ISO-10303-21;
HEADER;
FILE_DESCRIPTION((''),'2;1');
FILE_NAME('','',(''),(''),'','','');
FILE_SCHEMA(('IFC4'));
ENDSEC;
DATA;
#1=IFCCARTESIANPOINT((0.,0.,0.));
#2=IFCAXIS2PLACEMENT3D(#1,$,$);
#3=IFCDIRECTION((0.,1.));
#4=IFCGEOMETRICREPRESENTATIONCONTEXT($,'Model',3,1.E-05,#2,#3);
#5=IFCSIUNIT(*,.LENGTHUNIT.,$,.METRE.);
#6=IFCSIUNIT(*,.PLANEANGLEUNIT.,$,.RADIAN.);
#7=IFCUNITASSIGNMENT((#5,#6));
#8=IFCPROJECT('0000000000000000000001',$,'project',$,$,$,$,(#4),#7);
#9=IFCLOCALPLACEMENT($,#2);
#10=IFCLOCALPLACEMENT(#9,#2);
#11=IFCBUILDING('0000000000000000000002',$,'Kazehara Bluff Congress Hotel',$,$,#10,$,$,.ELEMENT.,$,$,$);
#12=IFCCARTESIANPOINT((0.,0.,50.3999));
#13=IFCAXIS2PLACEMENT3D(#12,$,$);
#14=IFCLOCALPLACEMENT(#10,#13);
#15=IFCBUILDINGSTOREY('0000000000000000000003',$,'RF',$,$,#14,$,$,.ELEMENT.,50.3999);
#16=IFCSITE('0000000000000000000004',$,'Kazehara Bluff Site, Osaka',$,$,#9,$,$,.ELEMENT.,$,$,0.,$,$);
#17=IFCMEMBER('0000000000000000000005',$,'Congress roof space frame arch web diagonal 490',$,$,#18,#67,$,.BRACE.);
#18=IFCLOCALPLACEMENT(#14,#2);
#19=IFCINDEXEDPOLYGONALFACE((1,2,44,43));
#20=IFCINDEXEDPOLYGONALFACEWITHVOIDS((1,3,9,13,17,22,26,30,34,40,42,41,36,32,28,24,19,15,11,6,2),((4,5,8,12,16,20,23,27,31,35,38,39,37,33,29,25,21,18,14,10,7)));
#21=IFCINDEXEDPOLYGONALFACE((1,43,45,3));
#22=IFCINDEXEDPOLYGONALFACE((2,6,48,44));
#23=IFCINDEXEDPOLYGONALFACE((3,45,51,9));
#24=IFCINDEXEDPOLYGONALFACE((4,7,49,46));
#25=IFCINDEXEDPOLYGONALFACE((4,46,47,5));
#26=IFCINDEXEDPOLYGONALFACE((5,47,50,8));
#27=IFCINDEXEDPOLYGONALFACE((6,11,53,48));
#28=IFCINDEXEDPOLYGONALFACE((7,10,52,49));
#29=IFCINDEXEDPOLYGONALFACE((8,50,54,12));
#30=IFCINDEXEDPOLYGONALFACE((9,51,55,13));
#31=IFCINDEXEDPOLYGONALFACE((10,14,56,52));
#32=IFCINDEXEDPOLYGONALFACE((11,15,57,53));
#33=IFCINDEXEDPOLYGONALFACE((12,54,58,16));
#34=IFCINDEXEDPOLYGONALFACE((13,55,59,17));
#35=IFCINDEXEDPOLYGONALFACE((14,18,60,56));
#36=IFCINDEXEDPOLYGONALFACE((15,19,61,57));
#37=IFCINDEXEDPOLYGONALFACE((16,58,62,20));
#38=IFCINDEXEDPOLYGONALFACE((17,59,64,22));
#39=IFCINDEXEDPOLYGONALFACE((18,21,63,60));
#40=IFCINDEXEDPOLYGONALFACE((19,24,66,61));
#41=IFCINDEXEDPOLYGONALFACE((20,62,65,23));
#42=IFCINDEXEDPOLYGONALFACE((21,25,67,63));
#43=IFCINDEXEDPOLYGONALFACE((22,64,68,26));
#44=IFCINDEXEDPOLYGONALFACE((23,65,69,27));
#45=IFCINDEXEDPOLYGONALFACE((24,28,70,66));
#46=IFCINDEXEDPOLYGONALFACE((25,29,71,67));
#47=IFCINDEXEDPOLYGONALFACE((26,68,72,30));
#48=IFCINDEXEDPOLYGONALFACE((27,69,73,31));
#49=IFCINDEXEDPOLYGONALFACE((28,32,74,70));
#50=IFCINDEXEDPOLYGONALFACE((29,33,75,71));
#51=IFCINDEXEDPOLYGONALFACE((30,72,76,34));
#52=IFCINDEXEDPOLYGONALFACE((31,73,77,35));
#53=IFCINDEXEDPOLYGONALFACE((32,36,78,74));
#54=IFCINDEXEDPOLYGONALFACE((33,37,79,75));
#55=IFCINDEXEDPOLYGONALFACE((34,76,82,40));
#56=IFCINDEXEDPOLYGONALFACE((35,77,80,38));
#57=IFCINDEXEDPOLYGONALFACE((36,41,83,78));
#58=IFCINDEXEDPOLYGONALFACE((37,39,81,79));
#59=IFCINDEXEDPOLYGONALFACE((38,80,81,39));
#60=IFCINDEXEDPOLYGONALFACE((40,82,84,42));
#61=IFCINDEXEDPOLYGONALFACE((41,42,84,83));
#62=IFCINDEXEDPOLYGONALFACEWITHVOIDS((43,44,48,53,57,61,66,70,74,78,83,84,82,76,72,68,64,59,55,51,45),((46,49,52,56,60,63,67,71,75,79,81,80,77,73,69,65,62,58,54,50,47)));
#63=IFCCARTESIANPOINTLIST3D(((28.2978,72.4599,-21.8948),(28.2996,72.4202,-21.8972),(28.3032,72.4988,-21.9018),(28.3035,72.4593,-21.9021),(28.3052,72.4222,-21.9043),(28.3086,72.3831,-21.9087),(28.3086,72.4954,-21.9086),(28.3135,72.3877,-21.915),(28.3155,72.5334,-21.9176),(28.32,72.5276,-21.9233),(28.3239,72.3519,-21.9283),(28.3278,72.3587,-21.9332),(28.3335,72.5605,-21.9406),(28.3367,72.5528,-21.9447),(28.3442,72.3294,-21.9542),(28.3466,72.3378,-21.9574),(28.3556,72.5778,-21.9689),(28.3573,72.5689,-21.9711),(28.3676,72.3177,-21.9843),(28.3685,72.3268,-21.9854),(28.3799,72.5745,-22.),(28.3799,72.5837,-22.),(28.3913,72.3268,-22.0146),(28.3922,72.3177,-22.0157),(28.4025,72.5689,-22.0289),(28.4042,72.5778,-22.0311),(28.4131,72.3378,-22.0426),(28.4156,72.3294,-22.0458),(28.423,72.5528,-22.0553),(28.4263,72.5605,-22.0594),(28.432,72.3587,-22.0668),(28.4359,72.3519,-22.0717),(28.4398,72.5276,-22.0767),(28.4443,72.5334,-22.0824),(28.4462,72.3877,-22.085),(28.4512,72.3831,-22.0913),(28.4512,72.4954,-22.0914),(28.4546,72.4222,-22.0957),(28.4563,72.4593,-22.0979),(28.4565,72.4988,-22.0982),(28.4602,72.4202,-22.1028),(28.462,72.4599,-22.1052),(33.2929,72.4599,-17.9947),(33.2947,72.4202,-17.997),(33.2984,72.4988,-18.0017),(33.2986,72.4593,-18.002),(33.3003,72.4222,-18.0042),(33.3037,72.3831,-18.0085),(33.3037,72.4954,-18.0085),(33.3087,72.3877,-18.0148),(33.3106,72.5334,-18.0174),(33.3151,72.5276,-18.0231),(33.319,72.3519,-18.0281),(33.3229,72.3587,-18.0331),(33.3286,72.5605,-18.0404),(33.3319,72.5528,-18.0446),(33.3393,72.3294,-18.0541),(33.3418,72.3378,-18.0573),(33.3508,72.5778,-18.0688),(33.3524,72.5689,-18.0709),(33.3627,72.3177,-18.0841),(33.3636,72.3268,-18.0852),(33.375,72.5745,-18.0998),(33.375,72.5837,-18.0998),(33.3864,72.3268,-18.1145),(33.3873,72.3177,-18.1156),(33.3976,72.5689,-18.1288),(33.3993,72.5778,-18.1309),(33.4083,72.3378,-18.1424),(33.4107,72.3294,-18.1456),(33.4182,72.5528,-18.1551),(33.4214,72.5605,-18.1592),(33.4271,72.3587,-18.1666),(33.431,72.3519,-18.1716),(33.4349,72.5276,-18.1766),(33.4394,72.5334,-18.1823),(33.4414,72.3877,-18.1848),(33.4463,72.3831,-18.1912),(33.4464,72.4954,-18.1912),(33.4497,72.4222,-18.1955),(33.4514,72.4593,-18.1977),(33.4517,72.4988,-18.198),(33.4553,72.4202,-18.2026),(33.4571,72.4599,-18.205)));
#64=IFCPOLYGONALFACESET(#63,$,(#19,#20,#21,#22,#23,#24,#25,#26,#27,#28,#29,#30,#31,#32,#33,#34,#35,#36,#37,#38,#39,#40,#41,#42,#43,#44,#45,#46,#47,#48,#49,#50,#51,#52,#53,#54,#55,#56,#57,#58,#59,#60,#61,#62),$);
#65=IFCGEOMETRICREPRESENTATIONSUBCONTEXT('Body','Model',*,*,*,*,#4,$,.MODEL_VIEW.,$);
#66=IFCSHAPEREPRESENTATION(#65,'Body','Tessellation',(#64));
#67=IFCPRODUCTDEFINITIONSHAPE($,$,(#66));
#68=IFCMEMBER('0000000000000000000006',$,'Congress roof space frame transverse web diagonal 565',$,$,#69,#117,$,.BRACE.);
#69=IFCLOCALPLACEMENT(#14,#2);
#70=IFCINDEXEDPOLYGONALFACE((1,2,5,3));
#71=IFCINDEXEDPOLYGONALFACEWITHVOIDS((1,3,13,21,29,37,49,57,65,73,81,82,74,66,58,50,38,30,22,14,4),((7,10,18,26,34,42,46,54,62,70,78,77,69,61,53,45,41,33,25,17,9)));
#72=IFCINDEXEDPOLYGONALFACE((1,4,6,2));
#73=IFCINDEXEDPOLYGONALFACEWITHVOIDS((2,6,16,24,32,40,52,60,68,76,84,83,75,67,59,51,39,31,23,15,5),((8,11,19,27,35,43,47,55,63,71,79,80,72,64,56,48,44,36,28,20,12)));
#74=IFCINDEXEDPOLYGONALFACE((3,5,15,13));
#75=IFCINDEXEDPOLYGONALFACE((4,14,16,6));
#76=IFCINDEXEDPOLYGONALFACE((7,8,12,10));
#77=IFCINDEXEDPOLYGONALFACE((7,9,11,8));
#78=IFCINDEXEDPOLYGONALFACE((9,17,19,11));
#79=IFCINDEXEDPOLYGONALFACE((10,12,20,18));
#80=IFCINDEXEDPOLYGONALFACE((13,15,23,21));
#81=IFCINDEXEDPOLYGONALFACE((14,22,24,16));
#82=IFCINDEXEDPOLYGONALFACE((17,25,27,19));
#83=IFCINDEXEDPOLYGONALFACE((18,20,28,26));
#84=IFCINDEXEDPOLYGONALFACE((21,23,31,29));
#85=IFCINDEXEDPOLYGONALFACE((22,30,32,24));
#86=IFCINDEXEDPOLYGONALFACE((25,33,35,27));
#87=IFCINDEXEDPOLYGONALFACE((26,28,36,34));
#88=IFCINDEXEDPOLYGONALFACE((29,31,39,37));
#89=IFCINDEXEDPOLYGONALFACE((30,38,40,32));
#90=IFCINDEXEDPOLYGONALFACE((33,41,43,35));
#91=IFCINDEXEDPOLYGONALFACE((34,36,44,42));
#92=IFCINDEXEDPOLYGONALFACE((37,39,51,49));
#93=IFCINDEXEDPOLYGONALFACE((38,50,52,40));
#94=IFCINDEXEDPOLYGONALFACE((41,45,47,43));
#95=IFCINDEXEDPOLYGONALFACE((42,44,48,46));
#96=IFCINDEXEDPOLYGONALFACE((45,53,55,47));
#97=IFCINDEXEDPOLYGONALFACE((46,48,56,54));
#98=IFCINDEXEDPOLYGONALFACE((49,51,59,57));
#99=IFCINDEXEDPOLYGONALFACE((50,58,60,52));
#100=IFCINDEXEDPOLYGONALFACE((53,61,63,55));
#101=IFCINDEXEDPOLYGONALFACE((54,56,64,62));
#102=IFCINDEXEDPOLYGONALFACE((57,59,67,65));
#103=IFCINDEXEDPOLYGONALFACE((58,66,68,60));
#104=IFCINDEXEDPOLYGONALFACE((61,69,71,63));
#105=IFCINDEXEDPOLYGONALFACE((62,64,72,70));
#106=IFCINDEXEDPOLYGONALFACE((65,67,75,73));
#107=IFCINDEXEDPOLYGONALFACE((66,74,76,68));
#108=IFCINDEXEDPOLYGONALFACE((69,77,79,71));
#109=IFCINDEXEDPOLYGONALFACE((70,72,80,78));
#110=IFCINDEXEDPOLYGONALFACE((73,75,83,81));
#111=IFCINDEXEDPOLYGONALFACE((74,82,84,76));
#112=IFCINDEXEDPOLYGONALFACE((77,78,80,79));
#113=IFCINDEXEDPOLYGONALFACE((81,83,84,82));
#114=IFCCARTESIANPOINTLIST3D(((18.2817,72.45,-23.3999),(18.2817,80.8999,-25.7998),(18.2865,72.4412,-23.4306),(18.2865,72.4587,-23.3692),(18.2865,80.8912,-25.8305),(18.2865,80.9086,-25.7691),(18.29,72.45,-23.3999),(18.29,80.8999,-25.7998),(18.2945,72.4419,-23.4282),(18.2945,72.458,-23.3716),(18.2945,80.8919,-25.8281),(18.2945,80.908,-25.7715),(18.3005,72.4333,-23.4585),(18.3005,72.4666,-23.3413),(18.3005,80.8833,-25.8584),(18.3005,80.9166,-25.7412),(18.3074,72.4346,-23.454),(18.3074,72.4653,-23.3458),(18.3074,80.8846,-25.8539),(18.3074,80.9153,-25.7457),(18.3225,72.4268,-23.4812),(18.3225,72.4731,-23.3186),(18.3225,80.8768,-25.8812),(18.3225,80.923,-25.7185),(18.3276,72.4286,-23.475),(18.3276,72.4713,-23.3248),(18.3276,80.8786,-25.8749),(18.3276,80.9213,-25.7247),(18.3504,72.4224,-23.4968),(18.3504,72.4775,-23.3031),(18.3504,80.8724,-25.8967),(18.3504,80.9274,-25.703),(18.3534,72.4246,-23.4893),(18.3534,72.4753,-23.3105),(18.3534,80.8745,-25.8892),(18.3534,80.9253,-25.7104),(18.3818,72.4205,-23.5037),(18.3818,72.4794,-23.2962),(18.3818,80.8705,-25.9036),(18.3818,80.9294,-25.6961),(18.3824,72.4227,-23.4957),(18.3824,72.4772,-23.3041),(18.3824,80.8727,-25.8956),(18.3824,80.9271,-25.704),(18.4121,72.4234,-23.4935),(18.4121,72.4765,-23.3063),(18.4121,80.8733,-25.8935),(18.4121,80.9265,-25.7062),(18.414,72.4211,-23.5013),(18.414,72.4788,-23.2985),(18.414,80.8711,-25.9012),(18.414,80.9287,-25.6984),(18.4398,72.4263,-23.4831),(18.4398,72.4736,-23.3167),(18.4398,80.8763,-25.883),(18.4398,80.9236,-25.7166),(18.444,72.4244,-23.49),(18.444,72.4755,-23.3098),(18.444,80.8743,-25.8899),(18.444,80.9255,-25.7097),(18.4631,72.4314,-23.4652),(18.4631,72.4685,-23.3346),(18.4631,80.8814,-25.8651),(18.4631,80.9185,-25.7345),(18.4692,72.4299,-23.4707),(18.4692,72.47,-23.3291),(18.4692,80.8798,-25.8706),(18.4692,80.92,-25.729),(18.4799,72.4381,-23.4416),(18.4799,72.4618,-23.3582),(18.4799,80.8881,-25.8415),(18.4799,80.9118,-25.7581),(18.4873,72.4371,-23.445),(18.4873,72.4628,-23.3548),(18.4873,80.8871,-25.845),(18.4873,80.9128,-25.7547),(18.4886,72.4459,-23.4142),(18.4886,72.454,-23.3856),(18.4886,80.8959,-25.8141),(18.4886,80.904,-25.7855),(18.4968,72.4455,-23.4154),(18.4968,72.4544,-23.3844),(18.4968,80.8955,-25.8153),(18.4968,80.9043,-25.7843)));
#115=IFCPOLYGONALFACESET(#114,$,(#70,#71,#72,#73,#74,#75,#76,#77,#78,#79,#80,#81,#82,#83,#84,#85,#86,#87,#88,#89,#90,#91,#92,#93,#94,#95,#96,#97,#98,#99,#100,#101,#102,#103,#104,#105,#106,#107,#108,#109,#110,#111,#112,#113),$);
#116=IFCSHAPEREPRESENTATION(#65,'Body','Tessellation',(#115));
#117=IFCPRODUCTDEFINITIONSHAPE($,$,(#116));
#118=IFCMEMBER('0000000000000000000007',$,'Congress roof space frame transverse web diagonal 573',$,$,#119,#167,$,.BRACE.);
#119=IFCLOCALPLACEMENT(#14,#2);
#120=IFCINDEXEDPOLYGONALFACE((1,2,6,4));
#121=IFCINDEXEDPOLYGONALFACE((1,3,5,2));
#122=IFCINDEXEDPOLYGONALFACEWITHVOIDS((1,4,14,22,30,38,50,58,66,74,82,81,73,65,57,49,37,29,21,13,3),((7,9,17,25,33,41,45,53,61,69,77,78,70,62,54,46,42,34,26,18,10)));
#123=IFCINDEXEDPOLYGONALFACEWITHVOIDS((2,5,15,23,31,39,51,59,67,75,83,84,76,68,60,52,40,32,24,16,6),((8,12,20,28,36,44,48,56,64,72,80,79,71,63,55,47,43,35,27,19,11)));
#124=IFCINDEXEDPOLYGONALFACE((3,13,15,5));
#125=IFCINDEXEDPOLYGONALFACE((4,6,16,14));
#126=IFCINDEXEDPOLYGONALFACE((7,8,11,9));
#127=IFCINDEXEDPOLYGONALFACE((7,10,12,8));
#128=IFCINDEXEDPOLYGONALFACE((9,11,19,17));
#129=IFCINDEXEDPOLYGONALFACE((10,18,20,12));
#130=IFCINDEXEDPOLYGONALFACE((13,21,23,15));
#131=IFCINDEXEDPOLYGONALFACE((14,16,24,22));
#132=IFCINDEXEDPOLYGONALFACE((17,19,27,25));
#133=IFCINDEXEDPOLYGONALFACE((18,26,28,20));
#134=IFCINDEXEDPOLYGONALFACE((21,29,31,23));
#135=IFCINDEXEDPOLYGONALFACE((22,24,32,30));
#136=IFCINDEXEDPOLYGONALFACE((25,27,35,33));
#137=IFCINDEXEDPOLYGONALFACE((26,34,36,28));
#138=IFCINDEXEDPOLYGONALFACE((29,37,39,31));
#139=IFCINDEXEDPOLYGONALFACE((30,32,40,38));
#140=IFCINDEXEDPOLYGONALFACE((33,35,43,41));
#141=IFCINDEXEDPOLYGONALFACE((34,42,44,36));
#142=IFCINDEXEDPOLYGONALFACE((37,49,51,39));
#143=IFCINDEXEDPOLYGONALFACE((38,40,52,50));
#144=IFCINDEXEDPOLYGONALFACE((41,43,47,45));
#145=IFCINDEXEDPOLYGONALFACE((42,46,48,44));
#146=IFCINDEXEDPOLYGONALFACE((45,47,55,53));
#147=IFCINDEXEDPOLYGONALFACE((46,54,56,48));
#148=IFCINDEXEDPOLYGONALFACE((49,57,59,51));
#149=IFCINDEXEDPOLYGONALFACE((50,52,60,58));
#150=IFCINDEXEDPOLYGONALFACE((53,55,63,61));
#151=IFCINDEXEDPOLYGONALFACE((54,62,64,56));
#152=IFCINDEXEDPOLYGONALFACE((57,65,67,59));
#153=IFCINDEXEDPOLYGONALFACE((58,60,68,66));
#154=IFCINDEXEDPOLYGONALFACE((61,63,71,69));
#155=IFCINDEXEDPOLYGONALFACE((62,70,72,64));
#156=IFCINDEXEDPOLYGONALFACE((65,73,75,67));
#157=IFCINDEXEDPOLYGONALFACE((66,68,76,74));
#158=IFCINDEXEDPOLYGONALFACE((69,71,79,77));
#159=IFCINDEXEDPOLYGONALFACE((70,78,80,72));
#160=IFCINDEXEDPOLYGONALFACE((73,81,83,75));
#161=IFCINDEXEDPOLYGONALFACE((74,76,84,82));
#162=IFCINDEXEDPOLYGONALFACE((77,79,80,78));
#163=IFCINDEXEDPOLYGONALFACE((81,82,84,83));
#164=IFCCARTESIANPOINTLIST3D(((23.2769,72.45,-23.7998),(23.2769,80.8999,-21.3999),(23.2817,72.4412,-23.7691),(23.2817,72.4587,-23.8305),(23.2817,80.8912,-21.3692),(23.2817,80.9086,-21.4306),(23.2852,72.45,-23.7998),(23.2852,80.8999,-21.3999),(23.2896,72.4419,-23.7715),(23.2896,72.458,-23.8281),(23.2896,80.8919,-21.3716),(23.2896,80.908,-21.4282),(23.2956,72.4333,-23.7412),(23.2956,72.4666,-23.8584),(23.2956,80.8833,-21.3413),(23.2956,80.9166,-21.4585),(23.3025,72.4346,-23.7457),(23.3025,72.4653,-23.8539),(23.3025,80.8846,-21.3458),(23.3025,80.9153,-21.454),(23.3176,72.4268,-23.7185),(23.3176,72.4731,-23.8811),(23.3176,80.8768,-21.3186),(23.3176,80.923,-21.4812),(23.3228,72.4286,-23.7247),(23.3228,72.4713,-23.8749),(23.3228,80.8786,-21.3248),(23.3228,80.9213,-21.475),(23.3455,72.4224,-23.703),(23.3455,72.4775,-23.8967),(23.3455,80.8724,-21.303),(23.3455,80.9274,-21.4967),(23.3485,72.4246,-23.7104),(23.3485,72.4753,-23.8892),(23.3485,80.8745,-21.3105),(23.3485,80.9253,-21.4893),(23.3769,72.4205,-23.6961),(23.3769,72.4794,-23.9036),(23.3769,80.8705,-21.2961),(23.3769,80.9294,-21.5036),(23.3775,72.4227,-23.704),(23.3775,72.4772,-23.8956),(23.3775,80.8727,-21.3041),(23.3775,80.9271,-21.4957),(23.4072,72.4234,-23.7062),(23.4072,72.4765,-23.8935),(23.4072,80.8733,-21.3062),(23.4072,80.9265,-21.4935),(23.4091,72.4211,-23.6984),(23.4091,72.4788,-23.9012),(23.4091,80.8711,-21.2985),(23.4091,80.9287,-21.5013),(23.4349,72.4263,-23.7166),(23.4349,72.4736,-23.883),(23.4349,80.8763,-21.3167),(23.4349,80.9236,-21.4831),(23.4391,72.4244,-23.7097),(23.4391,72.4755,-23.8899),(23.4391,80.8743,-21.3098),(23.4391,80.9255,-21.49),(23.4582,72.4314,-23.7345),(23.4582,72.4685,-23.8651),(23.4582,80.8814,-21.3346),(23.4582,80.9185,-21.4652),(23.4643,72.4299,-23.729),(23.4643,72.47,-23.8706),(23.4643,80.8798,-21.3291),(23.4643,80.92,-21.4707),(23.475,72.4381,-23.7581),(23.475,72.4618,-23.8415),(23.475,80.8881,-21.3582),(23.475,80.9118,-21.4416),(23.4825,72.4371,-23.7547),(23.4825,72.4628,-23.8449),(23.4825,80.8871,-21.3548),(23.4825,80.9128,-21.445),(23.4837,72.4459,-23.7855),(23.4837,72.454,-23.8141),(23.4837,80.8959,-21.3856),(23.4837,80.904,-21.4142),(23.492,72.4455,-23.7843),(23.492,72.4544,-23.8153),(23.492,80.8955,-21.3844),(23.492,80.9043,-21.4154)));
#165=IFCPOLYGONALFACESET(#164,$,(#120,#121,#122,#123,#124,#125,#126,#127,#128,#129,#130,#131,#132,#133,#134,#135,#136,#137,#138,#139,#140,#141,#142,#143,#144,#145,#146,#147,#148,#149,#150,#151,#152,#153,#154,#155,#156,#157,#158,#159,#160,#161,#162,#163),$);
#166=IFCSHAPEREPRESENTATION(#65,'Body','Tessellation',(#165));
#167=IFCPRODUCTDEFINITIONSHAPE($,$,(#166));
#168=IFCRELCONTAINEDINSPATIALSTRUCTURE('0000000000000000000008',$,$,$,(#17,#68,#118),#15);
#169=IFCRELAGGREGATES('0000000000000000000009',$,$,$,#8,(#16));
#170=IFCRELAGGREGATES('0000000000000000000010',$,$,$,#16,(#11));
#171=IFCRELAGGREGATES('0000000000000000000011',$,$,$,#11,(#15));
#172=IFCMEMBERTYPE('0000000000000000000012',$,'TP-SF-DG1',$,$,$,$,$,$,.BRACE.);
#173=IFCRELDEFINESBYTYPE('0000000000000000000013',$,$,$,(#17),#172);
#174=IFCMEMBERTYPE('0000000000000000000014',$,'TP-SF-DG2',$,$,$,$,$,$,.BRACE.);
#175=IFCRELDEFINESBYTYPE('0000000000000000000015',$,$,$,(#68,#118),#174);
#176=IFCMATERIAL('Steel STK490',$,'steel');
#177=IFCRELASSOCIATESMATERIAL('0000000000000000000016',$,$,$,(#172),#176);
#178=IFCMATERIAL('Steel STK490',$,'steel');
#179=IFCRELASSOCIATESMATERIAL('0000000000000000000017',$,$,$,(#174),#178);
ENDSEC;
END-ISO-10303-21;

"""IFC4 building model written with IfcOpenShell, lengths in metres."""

from ifc_helpers import new_model, si_unit, direction, frame, origin, origin_2d, place, context, subcontext, project, spatial, hollow_circle, extrude, material, material_profile, profile_set, type_object, element, save


model = new_model("IFC4")

# Units and contexts
model_context = context("Model", 3, precision=1e-05, world=origin(), true_north=direction((0.0, 1.0)))
body_context = subcontext(model_context, "Body", "Model", "MODEL_VIEW")
ifc_project = project(units=[si_unit("LENGTHUNIT", "METRE"), si_unit("PLANEANGLEUNIT", "RADIAN")], contexts=[model_context])

# Site, building, storey
site_placement = place(None, origin())
site = spatial("IfcSite", under=ifc_project, at=site_placement, Name="Kazehara Bluff Site, Osaka", CompositionType="ELEMENT", RefElevation=0.0)
building_placement = place(site_placement, origin())
building = spatial("IfcBuilding", under=site, at=building_placement, Name="Kazehara Bluff Congress Hotel", CompositionType="ELEMENT")
storey_placement = place(building_placement, frame((0.0, 0.0, 50.3999)))
storey = spatial("IfcBuildingStorey", under=building, at=storey_placement, Name="RF", CompositionType="ELEMENT", Elevation=50.3999)

# Members
ifc_material_1 = material(Name="Steel STK490", Category="steel")
ifc_material_profile_1 = material_profile(ifc_material_1, hollow_circle(Radius=0.1338, WallThickness=0.0093, at=origin_2d()))
ifc_profile_set_1 = profile_set([ifc_material_profile_1], Name="Steel STK490")
member_type_1 = type_object("IfcMemberType", Name="TP-SF-DG1", PredefinedType="BRACE", material=ifc_profile_set_1)
member_1_placement = place(storey_placement, frame((28.3799, 72.45, -22.0), z_axis=(0.7882, 0.0, 0.61542), x_axis=(0.0, 1.0, 0.0)))
element("IfcMember", 1, at=member_1_placement, inside=storey, type_object=member_type_1, Name="Congress roof space frame arch web diagonal 490", PredefinedType="BRACE", context=body_context, shape_type="SweptSolid", body=[
    extrude(hollow_circle(Radius=0.1338, WallThickness=0.0093, at=origin_2d()), origin(), (0.0, 0.0, 1.0), 6.3374),
])
ifc_material_2 = material(Name="Steel STK490", Category="steel")
ifc_material_profile_2 = material_profile(ifc_material_2, hollow_circle(Radius=0.1082, WallThickness=0.0083, at=origin_2d()))
ifc_profile_set_2 = profile_set([ifc_material_profile_2], Name="Steel STK490")
member_type_2 = type_object("IfcMemberType", Name="TP-SF-DG2", PredefinedType="BRACE", material=ifc_profile_set_2)
for number, where, z_axis, x_axis, name in (
    (2, (18.3899, 72.45, -23.3999), (0.0, 0.961955, -0.273208), (-1.0, 0.0, 0.0), "Congress roof space frame transverse web diagonal 565"),
    (3, (23.385, 72.45, -23.7998), (0.0, 0.961955, 0.273208), (-1.0, 0.0, 0.0), "Congress roof space frame transverse web diagonal 573"),
):
    element("IfcMember", number, at=place(storey_placement, frame(where, z_axis=z_axis, x_axis=x_axis)), inside=storey, type_object=member_type_2, Name=name, PredefinedType="BRACE", context=body_context, shape_type="SweptSolid", body=[
        extrude(hollow_circle(Radius=0.1082, WallThickness=0.0083, at=origin_2d()), origin(), (0.0, 0.0, 1.0), 8.7842),
    ])

save(model, "model.ifc")
